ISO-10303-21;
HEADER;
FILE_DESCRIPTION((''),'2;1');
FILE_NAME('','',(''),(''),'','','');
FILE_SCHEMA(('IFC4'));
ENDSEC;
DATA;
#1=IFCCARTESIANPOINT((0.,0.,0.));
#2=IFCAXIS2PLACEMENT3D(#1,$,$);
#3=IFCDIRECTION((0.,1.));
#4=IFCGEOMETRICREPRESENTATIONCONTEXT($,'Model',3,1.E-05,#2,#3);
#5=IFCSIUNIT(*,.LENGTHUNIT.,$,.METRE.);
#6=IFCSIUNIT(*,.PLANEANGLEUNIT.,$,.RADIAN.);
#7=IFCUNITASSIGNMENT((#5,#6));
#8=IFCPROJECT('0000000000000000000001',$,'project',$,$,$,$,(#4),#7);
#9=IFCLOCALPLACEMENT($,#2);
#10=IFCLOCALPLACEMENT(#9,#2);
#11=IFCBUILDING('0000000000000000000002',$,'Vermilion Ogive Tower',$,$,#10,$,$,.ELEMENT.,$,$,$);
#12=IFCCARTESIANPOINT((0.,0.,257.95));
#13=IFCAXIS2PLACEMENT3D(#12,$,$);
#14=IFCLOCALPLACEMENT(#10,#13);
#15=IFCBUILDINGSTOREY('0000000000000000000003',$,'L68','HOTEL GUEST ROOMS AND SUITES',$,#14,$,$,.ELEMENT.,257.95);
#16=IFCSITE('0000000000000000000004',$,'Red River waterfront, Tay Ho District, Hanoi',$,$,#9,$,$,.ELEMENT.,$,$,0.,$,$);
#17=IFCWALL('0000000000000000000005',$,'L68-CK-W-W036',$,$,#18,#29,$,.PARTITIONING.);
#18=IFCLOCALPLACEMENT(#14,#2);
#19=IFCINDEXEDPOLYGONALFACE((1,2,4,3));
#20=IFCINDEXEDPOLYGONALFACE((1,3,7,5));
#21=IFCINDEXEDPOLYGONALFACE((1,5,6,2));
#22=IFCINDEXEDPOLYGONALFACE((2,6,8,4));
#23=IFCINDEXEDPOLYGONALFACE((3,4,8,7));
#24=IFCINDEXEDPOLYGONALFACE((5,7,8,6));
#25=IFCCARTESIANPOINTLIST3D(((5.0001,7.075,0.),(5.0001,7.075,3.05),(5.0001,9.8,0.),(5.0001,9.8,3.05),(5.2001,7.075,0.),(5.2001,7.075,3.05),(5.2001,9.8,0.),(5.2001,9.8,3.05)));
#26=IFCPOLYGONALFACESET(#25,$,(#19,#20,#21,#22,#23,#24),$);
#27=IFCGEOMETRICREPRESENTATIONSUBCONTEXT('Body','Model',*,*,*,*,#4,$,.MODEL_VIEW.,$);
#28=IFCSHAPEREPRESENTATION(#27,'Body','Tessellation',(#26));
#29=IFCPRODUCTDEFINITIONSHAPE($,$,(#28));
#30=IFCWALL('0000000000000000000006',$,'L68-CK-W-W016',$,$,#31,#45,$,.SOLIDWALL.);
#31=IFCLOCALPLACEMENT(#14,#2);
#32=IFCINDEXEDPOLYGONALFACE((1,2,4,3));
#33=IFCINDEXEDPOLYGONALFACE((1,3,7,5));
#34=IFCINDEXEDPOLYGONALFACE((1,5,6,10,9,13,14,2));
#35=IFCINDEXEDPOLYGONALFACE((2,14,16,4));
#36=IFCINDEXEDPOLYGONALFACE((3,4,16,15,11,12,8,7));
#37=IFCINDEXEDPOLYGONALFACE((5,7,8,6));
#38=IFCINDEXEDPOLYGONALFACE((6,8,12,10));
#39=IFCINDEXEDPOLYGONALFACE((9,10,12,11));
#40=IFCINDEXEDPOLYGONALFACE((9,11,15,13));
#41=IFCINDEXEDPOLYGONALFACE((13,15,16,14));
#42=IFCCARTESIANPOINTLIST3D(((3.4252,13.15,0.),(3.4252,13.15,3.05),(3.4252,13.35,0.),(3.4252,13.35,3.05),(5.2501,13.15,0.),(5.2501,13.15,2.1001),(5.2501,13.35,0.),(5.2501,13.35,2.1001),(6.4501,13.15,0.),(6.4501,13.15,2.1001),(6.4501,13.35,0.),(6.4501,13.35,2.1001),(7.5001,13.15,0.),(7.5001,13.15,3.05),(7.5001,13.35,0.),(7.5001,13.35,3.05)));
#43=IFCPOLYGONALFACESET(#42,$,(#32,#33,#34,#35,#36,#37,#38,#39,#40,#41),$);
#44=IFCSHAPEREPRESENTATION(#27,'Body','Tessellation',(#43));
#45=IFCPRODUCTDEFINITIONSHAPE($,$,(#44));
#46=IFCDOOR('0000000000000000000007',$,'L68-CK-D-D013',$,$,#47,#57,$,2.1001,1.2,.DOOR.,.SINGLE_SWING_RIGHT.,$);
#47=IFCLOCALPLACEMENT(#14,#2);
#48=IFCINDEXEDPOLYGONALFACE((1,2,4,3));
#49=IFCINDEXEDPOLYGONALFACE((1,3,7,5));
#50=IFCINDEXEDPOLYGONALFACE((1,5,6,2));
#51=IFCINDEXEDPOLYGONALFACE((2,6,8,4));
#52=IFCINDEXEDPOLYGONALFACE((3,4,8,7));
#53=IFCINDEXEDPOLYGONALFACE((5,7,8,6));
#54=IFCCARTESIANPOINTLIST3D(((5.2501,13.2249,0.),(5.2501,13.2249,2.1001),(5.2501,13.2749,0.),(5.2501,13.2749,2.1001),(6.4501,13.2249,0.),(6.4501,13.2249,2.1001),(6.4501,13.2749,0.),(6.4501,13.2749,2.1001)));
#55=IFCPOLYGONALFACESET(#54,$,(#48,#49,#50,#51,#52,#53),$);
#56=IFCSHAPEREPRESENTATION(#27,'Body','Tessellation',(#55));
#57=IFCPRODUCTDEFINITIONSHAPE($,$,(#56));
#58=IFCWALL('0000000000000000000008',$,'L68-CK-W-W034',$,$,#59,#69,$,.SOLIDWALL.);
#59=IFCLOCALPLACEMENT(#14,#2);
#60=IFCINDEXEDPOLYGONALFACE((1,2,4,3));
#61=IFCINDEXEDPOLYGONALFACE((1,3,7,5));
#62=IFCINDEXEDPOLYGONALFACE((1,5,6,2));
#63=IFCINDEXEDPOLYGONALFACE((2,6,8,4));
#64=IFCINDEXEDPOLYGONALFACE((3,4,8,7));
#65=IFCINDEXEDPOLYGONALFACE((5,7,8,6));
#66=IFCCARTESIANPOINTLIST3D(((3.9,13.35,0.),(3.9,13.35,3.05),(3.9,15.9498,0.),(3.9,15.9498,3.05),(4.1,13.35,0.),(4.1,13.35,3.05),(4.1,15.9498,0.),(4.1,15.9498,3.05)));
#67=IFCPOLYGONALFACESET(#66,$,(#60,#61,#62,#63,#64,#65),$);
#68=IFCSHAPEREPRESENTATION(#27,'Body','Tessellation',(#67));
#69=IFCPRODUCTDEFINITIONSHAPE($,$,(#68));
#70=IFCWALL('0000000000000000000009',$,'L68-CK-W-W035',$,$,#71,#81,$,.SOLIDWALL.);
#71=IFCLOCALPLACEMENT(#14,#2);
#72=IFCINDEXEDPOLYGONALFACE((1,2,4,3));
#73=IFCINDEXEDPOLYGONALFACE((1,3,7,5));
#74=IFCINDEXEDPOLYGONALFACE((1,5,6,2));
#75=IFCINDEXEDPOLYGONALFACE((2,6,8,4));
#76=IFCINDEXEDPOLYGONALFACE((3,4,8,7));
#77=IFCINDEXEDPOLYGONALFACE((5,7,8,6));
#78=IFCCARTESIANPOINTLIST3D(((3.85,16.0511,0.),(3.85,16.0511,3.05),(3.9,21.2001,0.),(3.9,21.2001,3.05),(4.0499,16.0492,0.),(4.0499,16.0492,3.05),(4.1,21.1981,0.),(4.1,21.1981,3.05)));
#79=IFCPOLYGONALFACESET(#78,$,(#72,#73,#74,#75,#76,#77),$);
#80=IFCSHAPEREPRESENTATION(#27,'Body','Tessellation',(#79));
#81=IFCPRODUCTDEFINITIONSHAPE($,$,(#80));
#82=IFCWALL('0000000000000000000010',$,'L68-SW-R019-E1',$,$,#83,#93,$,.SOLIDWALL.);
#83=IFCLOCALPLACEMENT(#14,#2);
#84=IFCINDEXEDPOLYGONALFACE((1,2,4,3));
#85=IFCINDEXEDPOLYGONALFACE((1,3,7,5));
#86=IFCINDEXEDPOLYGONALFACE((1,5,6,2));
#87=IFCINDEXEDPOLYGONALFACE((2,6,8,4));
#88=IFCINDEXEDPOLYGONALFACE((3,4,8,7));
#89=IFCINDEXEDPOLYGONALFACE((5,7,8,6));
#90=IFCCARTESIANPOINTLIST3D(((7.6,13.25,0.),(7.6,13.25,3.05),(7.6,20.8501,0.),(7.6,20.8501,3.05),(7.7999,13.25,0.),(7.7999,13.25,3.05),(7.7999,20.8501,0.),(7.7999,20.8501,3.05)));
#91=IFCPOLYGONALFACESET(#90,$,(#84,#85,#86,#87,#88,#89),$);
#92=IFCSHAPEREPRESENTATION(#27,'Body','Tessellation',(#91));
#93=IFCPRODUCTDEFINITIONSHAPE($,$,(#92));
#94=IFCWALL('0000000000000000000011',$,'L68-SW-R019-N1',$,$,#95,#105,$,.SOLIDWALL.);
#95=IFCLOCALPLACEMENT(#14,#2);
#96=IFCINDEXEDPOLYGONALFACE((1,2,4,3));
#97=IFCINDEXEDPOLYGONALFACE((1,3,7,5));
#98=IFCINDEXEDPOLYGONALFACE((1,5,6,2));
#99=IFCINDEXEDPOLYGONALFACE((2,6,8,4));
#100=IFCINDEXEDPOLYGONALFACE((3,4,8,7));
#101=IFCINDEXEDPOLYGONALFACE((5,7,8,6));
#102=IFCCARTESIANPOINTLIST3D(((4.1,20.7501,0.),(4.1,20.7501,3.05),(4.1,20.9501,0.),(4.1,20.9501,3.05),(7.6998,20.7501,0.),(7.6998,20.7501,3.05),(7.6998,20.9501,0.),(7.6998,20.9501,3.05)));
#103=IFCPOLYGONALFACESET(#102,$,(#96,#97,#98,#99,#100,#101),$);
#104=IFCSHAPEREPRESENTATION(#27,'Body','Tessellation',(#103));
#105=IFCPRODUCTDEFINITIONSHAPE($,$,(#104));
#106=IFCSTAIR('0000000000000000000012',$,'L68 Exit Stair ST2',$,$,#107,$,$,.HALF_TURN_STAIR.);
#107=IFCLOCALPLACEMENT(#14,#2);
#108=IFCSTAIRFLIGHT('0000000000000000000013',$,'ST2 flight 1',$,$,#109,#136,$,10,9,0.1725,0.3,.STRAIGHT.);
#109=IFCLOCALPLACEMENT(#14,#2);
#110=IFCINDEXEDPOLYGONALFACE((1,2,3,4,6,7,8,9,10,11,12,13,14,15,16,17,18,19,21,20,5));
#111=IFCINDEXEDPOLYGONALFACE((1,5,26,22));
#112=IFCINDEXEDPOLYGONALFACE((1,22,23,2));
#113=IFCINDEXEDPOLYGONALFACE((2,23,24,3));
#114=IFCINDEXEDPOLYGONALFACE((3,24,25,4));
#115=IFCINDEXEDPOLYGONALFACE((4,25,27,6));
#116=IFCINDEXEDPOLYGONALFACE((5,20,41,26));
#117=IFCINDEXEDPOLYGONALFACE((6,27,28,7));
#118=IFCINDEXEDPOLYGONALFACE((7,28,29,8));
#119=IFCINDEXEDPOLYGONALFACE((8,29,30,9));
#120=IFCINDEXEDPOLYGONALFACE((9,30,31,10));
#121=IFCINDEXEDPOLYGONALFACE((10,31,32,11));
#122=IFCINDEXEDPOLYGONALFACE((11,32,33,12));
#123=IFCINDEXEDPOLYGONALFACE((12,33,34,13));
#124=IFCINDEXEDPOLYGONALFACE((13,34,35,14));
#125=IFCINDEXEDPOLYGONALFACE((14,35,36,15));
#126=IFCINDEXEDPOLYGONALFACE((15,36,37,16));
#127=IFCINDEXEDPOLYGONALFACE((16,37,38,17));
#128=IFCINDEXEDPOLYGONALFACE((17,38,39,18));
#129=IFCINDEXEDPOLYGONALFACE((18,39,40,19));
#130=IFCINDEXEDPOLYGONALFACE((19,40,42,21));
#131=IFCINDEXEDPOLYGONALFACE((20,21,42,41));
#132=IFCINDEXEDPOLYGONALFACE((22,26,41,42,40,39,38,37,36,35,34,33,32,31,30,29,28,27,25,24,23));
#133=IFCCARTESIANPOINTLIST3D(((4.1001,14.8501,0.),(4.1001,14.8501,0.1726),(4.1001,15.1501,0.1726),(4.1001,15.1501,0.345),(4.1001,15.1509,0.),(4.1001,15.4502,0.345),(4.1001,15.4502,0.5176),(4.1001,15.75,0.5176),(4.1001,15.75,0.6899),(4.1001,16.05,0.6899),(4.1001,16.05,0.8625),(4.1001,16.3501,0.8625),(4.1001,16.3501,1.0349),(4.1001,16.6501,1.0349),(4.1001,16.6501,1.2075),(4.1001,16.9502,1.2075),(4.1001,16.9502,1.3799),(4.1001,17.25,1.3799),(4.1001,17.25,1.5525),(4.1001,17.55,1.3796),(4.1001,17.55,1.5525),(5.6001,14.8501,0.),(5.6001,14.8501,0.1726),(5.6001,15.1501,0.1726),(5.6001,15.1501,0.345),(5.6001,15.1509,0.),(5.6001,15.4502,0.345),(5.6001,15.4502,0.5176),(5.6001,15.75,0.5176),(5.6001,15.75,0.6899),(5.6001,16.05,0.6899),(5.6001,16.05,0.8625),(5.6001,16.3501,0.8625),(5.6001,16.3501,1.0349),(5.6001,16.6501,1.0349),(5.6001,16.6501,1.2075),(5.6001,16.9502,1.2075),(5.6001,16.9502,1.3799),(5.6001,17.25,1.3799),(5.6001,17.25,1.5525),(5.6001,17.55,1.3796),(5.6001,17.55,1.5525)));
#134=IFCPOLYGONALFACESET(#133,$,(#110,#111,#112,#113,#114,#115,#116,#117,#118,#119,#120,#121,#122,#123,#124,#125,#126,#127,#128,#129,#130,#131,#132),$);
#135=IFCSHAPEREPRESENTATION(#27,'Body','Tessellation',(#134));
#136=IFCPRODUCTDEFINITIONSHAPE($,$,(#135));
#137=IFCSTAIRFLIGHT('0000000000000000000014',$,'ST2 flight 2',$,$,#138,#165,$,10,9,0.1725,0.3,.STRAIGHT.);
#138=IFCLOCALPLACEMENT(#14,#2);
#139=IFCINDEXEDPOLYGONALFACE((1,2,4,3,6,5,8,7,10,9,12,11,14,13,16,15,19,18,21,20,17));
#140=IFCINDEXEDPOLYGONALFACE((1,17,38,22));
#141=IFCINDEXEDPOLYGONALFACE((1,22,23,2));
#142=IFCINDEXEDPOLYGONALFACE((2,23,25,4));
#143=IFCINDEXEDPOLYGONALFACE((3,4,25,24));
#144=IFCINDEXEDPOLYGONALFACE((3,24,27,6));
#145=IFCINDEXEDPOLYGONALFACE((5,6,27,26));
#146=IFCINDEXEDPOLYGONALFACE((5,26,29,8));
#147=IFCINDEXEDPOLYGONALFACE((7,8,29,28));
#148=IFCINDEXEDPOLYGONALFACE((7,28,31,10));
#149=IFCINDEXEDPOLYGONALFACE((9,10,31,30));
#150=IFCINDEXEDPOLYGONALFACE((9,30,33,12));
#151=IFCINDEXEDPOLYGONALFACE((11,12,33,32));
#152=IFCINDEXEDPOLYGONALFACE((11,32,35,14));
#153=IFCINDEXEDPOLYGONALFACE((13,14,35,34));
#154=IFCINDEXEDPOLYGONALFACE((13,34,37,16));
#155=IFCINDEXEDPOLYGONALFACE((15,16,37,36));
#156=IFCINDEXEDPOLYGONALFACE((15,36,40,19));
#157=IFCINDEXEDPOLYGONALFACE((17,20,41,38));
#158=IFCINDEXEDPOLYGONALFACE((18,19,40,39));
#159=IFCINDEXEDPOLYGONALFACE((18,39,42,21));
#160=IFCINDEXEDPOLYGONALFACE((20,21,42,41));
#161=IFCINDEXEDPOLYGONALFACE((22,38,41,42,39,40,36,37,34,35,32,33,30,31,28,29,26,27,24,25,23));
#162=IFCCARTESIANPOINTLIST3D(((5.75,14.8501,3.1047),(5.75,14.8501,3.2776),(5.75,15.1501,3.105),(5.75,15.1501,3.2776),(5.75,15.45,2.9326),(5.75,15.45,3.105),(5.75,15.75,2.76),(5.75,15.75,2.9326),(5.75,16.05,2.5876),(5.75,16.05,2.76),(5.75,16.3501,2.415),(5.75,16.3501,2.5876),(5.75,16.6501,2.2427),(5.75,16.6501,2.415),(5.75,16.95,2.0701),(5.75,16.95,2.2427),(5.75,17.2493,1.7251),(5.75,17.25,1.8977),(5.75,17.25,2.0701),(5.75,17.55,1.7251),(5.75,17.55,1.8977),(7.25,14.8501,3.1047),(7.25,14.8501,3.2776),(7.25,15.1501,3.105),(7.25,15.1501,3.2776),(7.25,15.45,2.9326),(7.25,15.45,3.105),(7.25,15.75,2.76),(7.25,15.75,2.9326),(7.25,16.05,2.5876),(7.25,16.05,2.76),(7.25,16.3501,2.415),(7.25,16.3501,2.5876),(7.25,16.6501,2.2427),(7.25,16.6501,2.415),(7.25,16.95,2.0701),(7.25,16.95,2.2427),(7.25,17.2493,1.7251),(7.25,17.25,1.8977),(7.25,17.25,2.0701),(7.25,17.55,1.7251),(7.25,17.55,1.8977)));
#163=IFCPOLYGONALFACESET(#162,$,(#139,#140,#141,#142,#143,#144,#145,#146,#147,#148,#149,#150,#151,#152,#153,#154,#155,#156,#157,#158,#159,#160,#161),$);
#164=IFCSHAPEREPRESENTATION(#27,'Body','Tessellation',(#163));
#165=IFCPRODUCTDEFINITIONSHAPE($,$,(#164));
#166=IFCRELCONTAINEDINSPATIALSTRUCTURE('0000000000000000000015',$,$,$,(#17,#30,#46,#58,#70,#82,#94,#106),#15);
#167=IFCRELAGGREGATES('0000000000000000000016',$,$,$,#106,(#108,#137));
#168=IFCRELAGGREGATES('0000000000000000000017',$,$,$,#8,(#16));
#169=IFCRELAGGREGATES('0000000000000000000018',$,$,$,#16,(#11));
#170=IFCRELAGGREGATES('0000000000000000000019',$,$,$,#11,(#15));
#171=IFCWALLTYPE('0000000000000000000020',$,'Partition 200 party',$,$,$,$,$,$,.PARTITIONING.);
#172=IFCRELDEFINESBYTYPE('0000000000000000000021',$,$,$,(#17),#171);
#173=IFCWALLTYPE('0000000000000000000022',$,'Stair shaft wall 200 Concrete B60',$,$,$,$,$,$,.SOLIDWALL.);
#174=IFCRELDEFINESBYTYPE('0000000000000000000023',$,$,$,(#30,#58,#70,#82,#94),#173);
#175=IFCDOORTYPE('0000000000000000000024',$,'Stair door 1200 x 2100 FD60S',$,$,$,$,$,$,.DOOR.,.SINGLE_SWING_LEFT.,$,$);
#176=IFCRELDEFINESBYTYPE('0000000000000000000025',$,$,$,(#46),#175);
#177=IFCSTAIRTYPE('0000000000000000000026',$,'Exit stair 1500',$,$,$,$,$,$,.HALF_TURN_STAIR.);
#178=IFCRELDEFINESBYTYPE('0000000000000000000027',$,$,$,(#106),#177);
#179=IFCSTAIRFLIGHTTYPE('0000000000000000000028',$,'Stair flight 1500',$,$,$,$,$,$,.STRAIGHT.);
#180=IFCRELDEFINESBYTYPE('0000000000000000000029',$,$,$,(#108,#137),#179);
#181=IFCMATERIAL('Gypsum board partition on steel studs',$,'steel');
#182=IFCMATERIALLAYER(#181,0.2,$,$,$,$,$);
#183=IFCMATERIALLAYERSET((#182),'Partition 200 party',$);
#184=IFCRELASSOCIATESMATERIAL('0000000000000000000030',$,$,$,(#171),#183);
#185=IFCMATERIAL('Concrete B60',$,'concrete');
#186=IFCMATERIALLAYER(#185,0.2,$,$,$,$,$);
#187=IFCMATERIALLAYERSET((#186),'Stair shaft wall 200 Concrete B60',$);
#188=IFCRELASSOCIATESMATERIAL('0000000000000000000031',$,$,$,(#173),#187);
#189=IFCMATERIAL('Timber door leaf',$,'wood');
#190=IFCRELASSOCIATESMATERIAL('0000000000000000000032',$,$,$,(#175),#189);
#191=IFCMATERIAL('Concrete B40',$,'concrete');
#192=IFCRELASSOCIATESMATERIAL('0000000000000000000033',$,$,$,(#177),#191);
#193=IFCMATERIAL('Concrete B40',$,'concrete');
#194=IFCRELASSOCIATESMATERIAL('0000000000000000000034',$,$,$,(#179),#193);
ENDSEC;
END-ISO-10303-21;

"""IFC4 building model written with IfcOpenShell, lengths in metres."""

from ifc_helpers import new_model, si_unit, direction, frame, frame_2d, origin, place, context, subcontext, project, spatial, polyline, rectangle, outline, extrude, material, layer, layer_set, type_object, element, fill, aggregate, save


model = new_model("IFC4")

# Units and contexts
model_context = context("Model", 3, precision=1e-05, world=origin(), true_north=direction((0.0, 1.0)))
body_context = subcontext(model_context, "Body", "Model", "MODEL_VIEW")
ifc_project = project(units=[si_unit("LENGTHUNIT", "METRE"), si_unit("PLANEANGLEUNIT", "RADIAN")], contexts=[model_context])

# Site, building, storey
site_placement = place(None, origin())
site = spatial("IfcSite", under=ifc_project, at=site_placement, Name="Red River waterfront, Tay Ho District, Hanoi", CompositionType="ELEMENT", RefElevation=0.0)
building_placement = place(site_placement, origin())
building = spatial("IfcBuilding", under=site, at=building_placement, Name="Vermilion Ogive Tower", CompositionType="ELEMENT")
storey_placement = place(building_placement, frame((0.0, 0.0, 257.95)))
storey = spatial("IfcBuildingStorey", under=building, at=storey_placement, Name="L68", Description="HOTEL GUEST ROOMS AND SUITES", CompositionType="ELEMENT", Elevation=257.95)

# Shared definitions
ifc_material_1 = material(Name="Gypsum board partition on steel studs", Category="steel")
ifc_layer_1 = layer(ifc_material_1, 0.2)
ifc_layer_set_1 = layer_set([ifc_layer_1], Name="Partition 200 party")
wall_type_1 = type_object("IfcWallType", Name="Partition 200 party", PredefinedType="PARTITIONING", material=ifc_layer_set_1)

# Wall
wall_1_placement = place(storey_placement, frame((5.1001, 7.075, 0.0), z_axis=(0.0, 0.0, 1.0), x_axis=(0.0, 1.0, 0.0)))
element("IfcWall", 1, at=wall_1_placement, inside=storey, type_object=wall_type_1, Name="L68-CK-W-W036", PredefinedType="PARTITIONING", context=body_context, shape_type="SweptSolid", body=[
    extrude(rectangle(XDim=2.7251, YDim=0.2, at=frame_2d((1.3625, 0.0))), origin(), (0.0, 0.0, 1.0), 3.05),
])

# Wall, opening, door
ifc_material_2 = material(Name="Concrete B60", Category="concrete")
ifc_layer_2 = layer(ifc_material_2, 0.2)
ifc_layer_set_2 = layer_set([ifc_layer_2], Name="Stair shaft wall 200 Concrete B60")
wall_type_2 = type_object("IfcWallType", Name="Stair shaft wall 200 Concrete B60", PredefinedType="SOLIDWALL", material=ifc_layer_set_2)
wall_2_placement = place(storey_placement, frame((3.425, 13.25, 0.0), z_axis=(0.0, 0.0, 1.0), x_axis=(1.0, 0.0, 0.0)))
wall_2 = element("IfcWall", 2, at=wall_2_placement, inside=storey, type_object=wall_type_2, Name="L68-CK-W-W016", PredefinedType="SOLIDWALL", context=body_context, shape_type="SweptSolid", body=[
    extrude(rectangle(XDim=4.075, YDim=0.2, at=frame_2d((2.0376, 0.0))), origin(), (0.0, 0.0, 1.0), 3.05),
])
opening_1_placement = place(wall_2_placement, frame((1.825, 0.0, 0.0)))
opening_1 = element("IfcOpeningElement", 3, at=opening_1_placement, cuts=wall_2, PredefinedType="OPENING", context=body_context, shape_type="SweptSolid", body=[
    extrude(rectangle(XDim=1.2, YDim=2.1001, at=frame_2d((0.6001, 1.05))), frame((0.0, 0.1099, 0.0), z_axis=(0.0, -1.0, 0.0), x_axis=(1.0, 0.0, 0.0)), (0.0, 0.0, 1.0), 0.22),
])
ifc_material_3 = material(Name="Timber door leaf", Category="wood")
door_type_1 = type_object("IfcDoorType", Name="Stair door 1200 x 2100 FD60S", OperationType="SINGLE_SWING_LEFT", PredefinedType="DOOR", material=ifc_material_3)
door_1_placement = place(opening_1_placement, origin())
door_1 = element("IfcDoor", 4, at=door_1_placement, inside=storey, type_object=door_type_1, Name="L68-CK-D-D013", OperationType="SINGLE_SWING_RIGHT", OverallHeight=2.1001, OverallWidth=1.2, PredefinedType="DOOR", context=body_context, shape_type="SweptSolid", body=[
    extrude(rectangle(XDim=1.2, YDim=2.1001, at=frame_2d((0.6001, 1.05))), frame((0.0, 0.0249, 0.0), z_axis=(0.0, -1.0, 0.0), x_axis=(1.0, 0.0, 0.0)), (0.0, 0.0, 1.0), 0.05),
])
fill(opening_1, door_1)

# Walls
wall_3_placement = place(storey_placement, frame((4.0, 13.3501, 0.0), z_axis=(0.0, 0.0, 1.0), x_axis=(0.0, 1.0, 0.0)))
element("IfcWall", 5, at=wall_3_placement, inside=storey, type_object=wall_type_2, Name="L68-CK-W-W034", PredefinedType="SOLIDWALL", context=body_context, shape_type="SweptSolid", body=[
    extrude(rectangle(XDim=2.5999, YDim=0.2, at=frame_2d((1.2998, 0.0))), origin(), (0.0, 0.0, 1.0), 3.05),
])
wall_4_placement = place(storey_placement, frame((3.95, 16.05, 0.0), z_axis=(0.0, 0.0, 1.0), x_axis=(0.00972, 0.999953, 0.0)))
element("IfcWall", 6, at=wall_4_placement, inside=storey, type_object=wall_type_2, Name="L68-CK-W-W035", PredefinedType="SOLIDWALL", context=body_context, shape_type="SweptSolid", body=[
    extrude(rectangle(XDim=5.1492, YDim=0.2, at=frame_2d((2.5747, 0.0))), origin(), (0.0, 0.0, 1.0), 3.05),
])
wall_5_placement = place(storey_placement, frame((7.7, 13.25, 0.0), z_axis=(0.0, 0.0, 1.0), x_axis=(0.0, 1.0, 0.0)))
element("IfcWall", 7, at=wall_5_placement, inside=storey, type_object=wall_type_2, Name="L68-SW-R019-E1", PredefinedType="SOLIDWALL", context=body_context, shape_type="SweptSolid", body=[
    extrude(rectangle(XDim=7.6001, YDim=0.2, at=frame_2d((3.8, 0.0))), origin(), (0.0, 0.0, 1.0), 3.05),
])
wall_6_placement = place(storey_placement, frame((4.1001, 20.8501, 0.0), z_axis=(0.0, 0.0, 1.0), x_axis=(1.0, 0.0, 0.0)))
element("IfcWall", 8, at=wall_6_placement, inside=storey, type_object=wall_type_2, Name="L68-SW-R019-N1", PredefinedType="SOLIDWALL", context=body_context, shape_type="SweptSolid", body=[
    extrude(rectangle(XDim=3.5999, YDim=0.2, at=frame_2d((1.7998, 0.0))), origin(), (0.0, 0.0, 1.0), 3.05),
])

# Stair, stair flights
ifc_material_4 = material(Name="Concrete B40", Category="concrete")
stair_type = type_object("IfcStairType", Name="Exit stair 1500", PredefinedType="HALF_TURN_STAIR", material=ifc_material_4)
stair_placement = place(storey_placement, origin())
stair = element("IfcStair", 9, at=stair_placement, inside=storey, type_object=stair_type, Name="L68 Exit Stair ST2", PredefinedType="HALF_TURN_STAIR")
ifc_material_5 = material(Name="Concrete B40", Category="concrete")
stair_flight_type = type_object("IfcStairFlightType", Name="Stair flight 1500", PredefinedType="STRAIGHT", material=ifc_material_5)
stair_flight_1_placement = place(storey_placement, frame((4.8501, 14.8501, 0.0), z_axis=(0.0, 0.0, 1.0), x_axis=(0.0, 1.0, 0.0)))
stair_flight_1 = element("IfcStairFlight", 10, at=stair_flight_1_placement, type_object=stair_flight_type, Name="ST2 flight 1", NumberOfRisers=10, NumberOfTreads=9, PredefinedType="STRAIGHT", RiserHeight=0.1725, TreadLength=0.3, context=body_context, shape_type="SweptSolid", body=[
    extrude(outline(polyline([(0.0, 0.0), (0.0, 0.1726), (0.3, 0.1726), (0.3, 0.345), (0.6001, 0.345), (0.6001, 0.5176), (0.8999, 0.5176), (0.8999, 0.6899), (1.2, 0.6899), (1.2, 0.8625), (1.5, 0.8625), (1.5, 1.0349), (1.8, 1.0349), (1.8, 1.2075), (2.1001, 1.2075), (2.1001, 1.3799), (2.3999, 1.3799), (2.3999, 1.5525), (2.7, 1.5525), (2.7, 1.7251), (2.7, 1.3796), (0.3008, 0.0), (0.0, 0.0)])), frame((0.0, 0.75, 0.0), z_axis=(0.0, -1.0, 0.0), x_axis=(1.0, 0.0, 0.0)), (0.0, 0.0, 1.0), 1.5),
])
stair_flight_2_placement = place(storey_placement, frame((6.5, 17.55, 1.7251), z_axis=(0.0, 0.0, 1.0), x_axis=(0.0, -1.0, 0.0)))
stair_flight_2 = element("IfcStairFlight", 11, at=stair_flight_2_placement, type_object=stair_flight_type, Name="ST2 flight 2", NumberOfRisers=10, NumberOfTreads=9, PredefinedType="STRAIGHT", RiserHeight=0.1725, TreadLength=0.3, context=body_context, shape_type="SweptSolid", body=[
    extrude(outline(polyline([(0.0, 0.0), (0.0, 0.1726), (0.3, 0.1726), (0.3, 0.345), (0.6001, 0.345), (0.6001, 0.5176), (0.8999, 0.5176), (0.8999, 0.6899), (1.2, 0.6899), (1.2, 0.8625), (1.5, 0.8625), (1.5, 1.0349), (1.8, 1.0349), (1.8, 1.2075), (2.1001, 1.2075), (2.1001, 1.3799), (2.3999, 1.3799), (2.3999, 1.5525), (2.7, 1.5525), (2.7, 1.7251), (2.7, 1.3796), (0.3008, 0.0), (0.0, 0.0)])), frame((0.0, 0.75, 0.0), z_axis=(0.0, -1.0, 0.0), x_axis=(1.0, 0.0, 0.0)), (0.0, 0.0, 1.0), 1.5),
])
aggregate(stair, [stair_flight_1, stair_flight_2])

save(model, "model.ifc")
